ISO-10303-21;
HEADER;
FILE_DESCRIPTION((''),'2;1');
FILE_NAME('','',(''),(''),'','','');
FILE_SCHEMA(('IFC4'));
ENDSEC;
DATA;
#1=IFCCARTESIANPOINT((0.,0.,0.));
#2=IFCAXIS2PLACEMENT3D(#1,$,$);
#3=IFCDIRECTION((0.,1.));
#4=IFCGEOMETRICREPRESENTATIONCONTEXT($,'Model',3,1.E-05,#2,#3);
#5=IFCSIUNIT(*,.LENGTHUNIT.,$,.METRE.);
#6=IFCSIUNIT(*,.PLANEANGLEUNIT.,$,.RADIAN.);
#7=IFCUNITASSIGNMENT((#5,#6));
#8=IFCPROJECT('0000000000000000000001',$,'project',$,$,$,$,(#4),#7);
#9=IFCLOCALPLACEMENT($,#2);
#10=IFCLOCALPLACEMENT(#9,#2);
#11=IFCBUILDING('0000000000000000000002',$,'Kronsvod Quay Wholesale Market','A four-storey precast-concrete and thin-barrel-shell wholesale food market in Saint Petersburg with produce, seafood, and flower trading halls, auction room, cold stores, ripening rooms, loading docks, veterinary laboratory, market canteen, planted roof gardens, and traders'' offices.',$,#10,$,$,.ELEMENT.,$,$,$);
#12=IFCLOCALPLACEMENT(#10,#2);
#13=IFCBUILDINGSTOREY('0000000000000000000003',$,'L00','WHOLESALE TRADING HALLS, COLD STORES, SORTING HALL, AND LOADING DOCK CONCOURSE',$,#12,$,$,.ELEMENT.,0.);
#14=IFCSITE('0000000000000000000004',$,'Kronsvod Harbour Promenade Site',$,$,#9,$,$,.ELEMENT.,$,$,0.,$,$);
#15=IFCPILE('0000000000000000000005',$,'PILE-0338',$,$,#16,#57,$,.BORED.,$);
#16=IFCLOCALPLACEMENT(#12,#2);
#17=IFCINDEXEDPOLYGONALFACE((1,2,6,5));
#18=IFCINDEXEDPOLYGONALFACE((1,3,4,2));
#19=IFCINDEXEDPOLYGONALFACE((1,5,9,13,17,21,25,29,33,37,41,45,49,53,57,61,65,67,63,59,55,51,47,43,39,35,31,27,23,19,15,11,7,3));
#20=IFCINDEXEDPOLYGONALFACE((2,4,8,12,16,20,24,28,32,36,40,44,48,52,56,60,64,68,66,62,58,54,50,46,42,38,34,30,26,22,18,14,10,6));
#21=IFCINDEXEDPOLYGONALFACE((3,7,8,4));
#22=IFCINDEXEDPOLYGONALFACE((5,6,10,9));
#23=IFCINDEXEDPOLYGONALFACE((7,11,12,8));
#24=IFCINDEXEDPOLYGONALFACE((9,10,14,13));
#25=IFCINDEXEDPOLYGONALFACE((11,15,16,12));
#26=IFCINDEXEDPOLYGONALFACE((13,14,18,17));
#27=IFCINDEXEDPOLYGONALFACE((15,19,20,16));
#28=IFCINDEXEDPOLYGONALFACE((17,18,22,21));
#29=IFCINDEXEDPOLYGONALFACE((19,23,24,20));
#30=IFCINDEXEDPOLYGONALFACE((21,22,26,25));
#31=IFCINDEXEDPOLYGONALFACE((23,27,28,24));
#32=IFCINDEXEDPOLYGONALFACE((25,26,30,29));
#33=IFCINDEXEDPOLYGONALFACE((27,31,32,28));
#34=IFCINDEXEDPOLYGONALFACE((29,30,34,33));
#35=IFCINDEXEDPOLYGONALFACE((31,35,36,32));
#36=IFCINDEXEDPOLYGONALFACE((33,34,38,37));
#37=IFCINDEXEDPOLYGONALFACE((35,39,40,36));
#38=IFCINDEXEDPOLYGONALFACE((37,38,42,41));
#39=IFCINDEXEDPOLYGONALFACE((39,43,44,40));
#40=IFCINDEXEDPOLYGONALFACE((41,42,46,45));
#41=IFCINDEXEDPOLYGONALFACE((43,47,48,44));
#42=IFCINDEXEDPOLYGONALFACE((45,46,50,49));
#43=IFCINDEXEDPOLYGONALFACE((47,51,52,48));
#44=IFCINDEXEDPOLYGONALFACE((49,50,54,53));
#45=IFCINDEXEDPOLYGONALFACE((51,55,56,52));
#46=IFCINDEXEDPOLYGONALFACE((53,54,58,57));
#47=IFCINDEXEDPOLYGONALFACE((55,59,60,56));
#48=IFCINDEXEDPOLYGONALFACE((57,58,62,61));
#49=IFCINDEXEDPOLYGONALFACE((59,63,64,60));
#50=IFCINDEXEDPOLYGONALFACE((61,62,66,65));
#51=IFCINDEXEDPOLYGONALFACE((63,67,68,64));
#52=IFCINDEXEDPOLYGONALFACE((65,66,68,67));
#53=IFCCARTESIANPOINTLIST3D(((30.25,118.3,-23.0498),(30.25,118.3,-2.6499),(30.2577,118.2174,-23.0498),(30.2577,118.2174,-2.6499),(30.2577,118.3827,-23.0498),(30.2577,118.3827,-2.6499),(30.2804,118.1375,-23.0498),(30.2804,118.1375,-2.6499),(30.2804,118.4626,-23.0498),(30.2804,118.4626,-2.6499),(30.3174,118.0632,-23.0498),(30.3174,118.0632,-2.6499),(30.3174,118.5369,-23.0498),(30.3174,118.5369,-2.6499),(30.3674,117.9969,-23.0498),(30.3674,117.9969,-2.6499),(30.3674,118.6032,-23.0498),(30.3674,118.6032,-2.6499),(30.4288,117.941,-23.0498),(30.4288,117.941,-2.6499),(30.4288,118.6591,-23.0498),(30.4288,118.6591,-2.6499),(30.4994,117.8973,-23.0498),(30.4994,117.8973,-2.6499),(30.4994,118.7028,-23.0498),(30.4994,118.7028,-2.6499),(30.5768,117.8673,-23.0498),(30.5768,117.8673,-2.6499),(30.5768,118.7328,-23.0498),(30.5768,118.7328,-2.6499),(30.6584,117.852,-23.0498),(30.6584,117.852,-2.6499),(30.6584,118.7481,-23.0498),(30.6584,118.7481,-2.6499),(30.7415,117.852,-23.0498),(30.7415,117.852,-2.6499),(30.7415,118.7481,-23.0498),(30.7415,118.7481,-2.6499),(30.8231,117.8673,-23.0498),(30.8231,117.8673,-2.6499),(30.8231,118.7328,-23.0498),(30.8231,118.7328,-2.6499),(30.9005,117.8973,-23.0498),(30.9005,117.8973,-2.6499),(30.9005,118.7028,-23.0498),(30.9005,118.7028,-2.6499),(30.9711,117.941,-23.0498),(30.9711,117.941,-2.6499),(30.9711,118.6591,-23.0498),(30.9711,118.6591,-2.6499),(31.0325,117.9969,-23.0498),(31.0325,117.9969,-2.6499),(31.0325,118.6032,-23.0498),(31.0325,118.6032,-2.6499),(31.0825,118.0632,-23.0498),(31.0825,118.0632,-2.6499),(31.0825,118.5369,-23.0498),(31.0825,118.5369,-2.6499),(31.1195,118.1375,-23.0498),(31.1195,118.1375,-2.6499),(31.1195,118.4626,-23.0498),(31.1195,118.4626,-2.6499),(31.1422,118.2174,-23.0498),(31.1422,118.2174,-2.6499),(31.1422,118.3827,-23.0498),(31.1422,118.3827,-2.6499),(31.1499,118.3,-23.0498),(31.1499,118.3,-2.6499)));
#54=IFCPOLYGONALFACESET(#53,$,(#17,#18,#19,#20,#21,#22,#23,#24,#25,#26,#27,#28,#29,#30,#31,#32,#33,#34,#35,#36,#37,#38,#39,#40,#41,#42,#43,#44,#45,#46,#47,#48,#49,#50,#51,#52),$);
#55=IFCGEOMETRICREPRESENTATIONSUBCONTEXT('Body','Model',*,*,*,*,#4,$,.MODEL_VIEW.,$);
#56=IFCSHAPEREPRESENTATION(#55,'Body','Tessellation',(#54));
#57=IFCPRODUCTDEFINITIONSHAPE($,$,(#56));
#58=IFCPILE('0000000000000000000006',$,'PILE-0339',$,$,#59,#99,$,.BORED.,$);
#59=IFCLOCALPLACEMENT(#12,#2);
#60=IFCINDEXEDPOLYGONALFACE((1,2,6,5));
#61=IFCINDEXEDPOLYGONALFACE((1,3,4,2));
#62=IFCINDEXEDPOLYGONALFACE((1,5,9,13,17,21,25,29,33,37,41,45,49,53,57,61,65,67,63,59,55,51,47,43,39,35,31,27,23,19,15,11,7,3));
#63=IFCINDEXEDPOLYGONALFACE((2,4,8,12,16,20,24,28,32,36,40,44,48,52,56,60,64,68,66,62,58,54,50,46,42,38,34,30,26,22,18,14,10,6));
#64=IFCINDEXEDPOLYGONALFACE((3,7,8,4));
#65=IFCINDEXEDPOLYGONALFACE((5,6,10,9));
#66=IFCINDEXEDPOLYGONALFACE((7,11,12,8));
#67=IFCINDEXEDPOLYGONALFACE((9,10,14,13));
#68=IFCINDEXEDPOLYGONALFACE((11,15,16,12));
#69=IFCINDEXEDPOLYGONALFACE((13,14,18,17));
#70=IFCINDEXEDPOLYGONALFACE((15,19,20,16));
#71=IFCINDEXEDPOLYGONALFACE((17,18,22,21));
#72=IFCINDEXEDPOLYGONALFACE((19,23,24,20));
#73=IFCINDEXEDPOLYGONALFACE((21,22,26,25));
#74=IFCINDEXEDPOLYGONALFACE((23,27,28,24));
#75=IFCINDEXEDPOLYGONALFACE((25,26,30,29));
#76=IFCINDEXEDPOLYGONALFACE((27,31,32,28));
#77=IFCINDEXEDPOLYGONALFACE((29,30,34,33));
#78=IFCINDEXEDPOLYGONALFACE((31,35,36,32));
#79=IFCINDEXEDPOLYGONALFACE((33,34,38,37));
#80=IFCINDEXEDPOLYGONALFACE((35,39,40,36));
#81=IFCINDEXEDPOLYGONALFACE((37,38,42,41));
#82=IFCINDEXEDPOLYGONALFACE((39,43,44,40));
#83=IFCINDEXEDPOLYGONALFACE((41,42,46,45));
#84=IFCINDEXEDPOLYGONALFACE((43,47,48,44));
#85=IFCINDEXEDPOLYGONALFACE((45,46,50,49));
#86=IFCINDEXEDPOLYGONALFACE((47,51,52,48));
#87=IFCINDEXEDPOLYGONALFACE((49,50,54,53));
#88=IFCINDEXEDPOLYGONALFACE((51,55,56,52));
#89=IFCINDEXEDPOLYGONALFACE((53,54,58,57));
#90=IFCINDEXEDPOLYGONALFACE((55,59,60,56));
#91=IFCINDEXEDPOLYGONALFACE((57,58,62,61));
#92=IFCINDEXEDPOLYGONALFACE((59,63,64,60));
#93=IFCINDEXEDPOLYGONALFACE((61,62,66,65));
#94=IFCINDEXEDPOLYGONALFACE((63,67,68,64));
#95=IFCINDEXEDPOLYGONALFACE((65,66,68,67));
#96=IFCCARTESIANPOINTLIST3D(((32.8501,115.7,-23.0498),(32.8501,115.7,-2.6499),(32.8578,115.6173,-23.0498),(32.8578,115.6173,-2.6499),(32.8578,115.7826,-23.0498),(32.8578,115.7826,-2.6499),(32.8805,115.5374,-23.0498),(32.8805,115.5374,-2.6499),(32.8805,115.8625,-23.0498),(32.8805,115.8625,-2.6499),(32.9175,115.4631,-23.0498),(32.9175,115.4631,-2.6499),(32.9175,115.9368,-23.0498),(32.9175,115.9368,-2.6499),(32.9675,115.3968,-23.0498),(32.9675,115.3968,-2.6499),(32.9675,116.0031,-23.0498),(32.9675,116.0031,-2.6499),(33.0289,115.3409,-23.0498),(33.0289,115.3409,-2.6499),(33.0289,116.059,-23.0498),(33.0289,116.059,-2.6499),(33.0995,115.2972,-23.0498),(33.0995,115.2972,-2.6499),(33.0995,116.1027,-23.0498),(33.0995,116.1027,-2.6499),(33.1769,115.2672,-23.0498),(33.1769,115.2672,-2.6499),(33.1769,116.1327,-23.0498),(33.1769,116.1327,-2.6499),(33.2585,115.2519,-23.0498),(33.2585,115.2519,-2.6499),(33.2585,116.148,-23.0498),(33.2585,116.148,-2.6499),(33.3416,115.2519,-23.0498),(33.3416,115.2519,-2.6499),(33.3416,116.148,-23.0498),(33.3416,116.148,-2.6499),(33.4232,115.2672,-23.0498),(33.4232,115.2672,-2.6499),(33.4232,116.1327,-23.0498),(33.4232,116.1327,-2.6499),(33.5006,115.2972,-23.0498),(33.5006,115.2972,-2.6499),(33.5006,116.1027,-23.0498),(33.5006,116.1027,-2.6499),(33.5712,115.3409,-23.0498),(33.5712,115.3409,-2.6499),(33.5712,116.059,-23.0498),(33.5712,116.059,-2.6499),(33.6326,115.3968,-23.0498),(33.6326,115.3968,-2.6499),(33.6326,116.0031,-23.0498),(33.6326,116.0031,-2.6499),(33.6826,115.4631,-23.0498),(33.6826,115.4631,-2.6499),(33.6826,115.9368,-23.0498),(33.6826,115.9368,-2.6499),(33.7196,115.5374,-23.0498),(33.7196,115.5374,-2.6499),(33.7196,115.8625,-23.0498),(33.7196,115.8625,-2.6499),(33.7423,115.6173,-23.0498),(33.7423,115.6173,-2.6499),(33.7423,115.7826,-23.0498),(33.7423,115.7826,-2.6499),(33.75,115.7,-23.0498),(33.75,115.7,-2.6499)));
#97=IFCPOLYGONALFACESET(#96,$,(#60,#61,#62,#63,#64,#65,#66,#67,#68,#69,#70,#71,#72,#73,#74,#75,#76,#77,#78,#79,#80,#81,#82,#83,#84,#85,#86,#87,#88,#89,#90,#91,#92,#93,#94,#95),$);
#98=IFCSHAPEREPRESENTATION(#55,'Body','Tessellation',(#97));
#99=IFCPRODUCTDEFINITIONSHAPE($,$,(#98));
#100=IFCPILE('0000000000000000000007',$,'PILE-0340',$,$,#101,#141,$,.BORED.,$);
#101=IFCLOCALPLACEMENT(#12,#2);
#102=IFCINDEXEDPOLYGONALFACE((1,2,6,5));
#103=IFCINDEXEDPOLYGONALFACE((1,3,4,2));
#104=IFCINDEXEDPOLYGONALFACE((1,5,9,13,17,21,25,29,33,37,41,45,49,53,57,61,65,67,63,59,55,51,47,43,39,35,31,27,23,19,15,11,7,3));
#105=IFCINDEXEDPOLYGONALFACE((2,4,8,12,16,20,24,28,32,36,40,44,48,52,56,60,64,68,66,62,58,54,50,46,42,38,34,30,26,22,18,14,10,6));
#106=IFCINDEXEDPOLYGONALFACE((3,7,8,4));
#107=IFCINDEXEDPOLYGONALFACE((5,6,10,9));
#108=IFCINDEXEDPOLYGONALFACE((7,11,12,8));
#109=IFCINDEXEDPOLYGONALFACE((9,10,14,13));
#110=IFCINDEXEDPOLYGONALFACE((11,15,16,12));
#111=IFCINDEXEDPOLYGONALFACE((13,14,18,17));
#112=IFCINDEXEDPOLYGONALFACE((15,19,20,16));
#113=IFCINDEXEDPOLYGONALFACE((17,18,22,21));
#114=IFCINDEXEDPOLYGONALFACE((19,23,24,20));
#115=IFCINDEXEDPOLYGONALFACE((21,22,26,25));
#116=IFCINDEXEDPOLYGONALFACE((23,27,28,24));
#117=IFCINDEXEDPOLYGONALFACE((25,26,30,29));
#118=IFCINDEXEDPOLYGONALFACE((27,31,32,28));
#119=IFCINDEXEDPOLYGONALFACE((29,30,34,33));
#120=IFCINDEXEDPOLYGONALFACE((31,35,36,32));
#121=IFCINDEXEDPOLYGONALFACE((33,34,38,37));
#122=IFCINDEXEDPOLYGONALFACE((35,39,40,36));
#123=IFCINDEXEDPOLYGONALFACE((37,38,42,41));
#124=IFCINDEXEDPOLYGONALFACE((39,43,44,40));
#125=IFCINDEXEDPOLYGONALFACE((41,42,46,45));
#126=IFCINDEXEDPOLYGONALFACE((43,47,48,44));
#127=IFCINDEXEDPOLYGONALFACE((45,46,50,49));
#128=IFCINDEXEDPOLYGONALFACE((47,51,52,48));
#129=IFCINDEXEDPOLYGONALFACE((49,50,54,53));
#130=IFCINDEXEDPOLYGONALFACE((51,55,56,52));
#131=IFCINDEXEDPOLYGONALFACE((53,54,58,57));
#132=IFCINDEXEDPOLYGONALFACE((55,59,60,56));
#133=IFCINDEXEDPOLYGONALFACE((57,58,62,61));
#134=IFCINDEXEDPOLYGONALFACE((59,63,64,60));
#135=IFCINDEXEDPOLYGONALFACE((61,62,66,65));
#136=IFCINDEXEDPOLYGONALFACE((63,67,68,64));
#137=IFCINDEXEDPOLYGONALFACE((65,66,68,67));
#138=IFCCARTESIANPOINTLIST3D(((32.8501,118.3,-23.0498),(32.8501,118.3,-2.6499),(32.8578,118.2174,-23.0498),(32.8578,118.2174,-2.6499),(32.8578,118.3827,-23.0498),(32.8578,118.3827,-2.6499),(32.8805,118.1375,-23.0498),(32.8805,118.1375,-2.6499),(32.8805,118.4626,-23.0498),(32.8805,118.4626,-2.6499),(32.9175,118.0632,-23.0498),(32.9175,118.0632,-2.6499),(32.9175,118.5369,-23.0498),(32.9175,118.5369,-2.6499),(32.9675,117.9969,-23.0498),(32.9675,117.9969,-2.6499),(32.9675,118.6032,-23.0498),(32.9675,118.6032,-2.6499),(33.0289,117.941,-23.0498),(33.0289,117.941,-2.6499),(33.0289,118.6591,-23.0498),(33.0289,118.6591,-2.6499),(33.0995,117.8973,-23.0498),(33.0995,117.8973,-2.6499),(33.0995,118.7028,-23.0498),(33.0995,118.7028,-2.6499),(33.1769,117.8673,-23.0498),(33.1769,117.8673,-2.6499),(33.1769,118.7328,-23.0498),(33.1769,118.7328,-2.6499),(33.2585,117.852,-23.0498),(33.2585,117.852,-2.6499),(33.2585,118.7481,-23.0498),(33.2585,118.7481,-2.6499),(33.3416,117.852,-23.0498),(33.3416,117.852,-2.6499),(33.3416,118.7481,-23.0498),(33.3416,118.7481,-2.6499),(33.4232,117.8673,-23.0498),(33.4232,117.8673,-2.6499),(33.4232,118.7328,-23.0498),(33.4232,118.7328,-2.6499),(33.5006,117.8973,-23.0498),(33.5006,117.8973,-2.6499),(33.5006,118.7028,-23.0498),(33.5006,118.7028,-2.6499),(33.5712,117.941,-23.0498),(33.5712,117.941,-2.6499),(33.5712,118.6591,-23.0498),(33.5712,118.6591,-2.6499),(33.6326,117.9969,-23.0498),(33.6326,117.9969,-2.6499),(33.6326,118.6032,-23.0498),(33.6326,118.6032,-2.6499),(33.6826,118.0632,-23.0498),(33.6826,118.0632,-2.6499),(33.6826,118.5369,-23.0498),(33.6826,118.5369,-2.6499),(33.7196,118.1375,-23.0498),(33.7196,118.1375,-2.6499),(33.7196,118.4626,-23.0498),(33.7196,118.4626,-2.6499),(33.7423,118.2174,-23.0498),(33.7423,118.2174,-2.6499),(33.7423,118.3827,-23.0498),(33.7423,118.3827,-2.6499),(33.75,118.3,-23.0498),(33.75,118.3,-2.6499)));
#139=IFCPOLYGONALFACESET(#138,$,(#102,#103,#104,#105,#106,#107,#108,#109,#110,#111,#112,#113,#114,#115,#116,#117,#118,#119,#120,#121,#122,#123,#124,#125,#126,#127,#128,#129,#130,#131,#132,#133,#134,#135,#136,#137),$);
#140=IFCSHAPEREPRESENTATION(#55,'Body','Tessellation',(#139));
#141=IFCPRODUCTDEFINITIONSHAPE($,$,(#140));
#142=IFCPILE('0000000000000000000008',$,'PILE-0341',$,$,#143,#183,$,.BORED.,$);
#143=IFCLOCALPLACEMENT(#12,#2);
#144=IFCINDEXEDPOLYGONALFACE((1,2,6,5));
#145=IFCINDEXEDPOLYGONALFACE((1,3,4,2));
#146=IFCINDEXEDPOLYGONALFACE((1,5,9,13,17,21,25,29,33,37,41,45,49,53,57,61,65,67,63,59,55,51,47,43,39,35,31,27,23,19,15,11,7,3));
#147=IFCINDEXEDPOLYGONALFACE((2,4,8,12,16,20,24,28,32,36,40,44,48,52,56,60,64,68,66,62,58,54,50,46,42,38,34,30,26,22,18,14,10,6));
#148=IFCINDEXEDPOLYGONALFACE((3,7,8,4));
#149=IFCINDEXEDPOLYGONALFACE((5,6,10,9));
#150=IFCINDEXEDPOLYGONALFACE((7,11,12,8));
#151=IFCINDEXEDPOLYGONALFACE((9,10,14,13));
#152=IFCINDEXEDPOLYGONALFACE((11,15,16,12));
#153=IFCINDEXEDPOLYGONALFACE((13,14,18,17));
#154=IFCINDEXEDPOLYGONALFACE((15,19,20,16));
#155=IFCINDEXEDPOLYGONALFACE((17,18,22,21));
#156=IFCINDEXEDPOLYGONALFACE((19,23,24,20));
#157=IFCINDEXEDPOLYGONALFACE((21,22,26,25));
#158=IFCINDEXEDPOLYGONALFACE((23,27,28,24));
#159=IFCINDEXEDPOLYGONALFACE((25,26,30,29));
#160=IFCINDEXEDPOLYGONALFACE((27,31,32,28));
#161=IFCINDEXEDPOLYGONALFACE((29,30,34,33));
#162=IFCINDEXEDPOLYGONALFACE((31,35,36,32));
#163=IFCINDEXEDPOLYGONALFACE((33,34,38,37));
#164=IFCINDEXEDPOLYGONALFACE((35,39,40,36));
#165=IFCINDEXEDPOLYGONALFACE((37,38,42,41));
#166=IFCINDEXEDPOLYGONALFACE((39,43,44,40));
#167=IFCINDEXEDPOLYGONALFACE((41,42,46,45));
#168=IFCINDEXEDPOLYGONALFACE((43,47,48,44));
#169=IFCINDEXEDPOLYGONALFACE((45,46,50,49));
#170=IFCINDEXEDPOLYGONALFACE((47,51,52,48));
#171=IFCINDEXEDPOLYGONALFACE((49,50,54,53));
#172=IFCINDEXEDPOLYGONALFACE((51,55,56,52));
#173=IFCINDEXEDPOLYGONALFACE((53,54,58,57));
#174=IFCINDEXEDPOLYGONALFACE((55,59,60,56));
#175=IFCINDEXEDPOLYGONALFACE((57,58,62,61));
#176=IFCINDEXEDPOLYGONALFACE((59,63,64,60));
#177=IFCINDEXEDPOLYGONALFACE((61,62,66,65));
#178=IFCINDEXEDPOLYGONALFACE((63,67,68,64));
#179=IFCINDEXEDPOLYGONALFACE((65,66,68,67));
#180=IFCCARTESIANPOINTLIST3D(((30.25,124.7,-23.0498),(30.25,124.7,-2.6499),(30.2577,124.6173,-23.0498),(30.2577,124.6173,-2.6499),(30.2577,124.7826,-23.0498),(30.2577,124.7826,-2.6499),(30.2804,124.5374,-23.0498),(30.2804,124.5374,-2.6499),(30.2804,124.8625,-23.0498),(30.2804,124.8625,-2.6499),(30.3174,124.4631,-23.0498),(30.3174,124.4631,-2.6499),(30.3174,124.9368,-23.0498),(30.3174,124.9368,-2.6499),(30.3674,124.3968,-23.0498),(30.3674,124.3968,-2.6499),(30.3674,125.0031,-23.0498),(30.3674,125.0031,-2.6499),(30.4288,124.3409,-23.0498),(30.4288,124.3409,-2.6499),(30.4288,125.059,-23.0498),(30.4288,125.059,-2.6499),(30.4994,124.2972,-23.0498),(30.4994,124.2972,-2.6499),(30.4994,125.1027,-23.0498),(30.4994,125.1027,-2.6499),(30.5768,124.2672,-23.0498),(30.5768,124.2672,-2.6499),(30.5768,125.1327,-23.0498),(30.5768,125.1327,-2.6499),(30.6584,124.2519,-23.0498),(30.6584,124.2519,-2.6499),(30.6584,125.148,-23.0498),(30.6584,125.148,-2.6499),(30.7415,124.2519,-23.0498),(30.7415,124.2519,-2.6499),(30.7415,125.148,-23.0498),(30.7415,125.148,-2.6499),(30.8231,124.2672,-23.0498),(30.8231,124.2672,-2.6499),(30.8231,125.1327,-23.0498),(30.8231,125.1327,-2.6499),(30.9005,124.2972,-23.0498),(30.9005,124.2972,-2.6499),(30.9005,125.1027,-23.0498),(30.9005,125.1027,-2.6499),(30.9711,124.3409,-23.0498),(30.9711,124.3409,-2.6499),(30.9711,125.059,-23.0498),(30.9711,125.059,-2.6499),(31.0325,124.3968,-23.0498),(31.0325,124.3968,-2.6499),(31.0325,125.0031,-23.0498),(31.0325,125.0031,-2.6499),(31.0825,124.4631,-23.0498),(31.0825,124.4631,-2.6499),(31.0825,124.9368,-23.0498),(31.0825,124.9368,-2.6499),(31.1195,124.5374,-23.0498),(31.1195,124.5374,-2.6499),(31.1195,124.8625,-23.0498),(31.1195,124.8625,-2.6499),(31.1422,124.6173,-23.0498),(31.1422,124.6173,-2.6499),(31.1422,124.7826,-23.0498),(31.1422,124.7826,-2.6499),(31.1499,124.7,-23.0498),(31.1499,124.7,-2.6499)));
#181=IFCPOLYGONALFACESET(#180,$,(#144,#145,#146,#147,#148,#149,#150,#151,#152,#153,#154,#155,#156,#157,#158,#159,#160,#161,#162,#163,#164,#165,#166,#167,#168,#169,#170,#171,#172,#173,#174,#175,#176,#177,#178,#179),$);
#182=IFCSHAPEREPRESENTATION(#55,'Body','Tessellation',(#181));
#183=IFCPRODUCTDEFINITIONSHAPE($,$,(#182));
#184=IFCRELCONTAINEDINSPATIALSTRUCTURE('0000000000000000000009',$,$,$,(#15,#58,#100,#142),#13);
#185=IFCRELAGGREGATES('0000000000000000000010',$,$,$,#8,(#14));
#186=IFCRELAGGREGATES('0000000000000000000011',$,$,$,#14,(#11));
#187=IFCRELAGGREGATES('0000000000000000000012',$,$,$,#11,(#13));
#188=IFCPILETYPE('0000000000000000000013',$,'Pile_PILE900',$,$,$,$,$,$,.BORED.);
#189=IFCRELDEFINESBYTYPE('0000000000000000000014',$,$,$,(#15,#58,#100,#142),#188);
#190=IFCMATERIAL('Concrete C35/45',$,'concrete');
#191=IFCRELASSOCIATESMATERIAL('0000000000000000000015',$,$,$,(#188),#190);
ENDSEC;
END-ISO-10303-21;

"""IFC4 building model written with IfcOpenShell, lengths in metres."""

from ifc_helpers import new_model, si_unit, direction, frame, origin, origin_2d, place, context, subcontext, project, spatial, circle, extrude, material, material_profile, profile_set, type_object, element, save


model = new_model("IFC4")

# Units and contexts
model_context = context("Model", 3, precision=1e-05, world=origin(), true_north=direction((0.0, 1.0)))
body_context = subcontext(model_context, "Body", "Model", "MODEL_VIEW")
ifc_project = project(units=[si_unit("LENGTHUNIT", "METRE"), si_unit("PLANEANGLEUNIT", "RADIAN")], contexts=[model_context])

# Site, building, storey
site_placement = place(None, origin())
site = spatial("IfcSite", under=ifc_project, at=site_placement, Name="Kronsvod Harbour Promenade Site", CompositionType="ELEMENT", RefElevation=0.0)
building_placement = place(site_placement, origin())
building = spatial("IfcBuilding", under=site, at=building_placement, Name="Kronsvod Quay Wholesale Market", Description="A four-storey precast-concrete and thin-barrel-shell wholesale food market in Saint Petersburg with produce, seafood, and flower trading halls, auction room, cold stores, ripening rooms, loading docks, veterinary laboratory, market canteen, planted roof gardens, and traders' offices.", CompositionType="ELEMENT")
storey_placement = place(building_placement, origin())
storey = spatial("IfcBuildingStorey", under=building, at=storey_placement, Name="L00", Description="WHOLESALE TRADING HALLS, COLD STORES, SORTING HALL, AND LOADING DOCK CONCOURSE", CompositionType="ELEMENT", Elevation=0.0)

# Piles
ifc_material_1 = material(Name="Concrete C35/45", Category="concrete")
ifc_material_profile_1 = material_profile(ifc_material_1, circle(Radius=0.45, at=origin_2d()), Name="PILE900")
ifc_profile_set_1 = profile_set([ifc_material_profile_1], Name="Concrete C35/45")
pile_type = type_object("IfcPileType", Name="Pile_PILE900", PredefinedType="BORED", material=ifc_profile_set_1)
for number, where, z_axis, x_axis, name in (
    (1, (30.7, 118.3, -2.6499), (0.0, 0.0, -1.0), (1.0, 0.0, 0.0), "PILE-0338"),
    (2, (33.3, 115.7, -2.6499), (0.0, 0.0, -1.0), (1.0, 0.0, 0.0), "PILE-0339"),
    (3, (33.3, 118.3, -2.6499), (0.0, 0.0, -1.0), (1.0, 0.0, 0.0), "PILE-0340"),
    (4, (30.7, 124.7, -2.6499), (0.0, 0.0, -1.0), (1.0, 0.0, 0.0), "PILE-0341"),
):
    element("IfcPile", number, at=place(storey_placement, frame(where, z_axis=z_axis, x_axis=x_axis)), inside=storey, type_object=pile_type, Name=name, PredefinedType="BORED", context=body_context, shape_type="SweptSolid", body=[
        extrude(circle(Radius=0.45, at=origin_2d()), origin(), (0.0, 0.0, 1.0), 20.3999),
    ])

save(model, "model.ifc")
